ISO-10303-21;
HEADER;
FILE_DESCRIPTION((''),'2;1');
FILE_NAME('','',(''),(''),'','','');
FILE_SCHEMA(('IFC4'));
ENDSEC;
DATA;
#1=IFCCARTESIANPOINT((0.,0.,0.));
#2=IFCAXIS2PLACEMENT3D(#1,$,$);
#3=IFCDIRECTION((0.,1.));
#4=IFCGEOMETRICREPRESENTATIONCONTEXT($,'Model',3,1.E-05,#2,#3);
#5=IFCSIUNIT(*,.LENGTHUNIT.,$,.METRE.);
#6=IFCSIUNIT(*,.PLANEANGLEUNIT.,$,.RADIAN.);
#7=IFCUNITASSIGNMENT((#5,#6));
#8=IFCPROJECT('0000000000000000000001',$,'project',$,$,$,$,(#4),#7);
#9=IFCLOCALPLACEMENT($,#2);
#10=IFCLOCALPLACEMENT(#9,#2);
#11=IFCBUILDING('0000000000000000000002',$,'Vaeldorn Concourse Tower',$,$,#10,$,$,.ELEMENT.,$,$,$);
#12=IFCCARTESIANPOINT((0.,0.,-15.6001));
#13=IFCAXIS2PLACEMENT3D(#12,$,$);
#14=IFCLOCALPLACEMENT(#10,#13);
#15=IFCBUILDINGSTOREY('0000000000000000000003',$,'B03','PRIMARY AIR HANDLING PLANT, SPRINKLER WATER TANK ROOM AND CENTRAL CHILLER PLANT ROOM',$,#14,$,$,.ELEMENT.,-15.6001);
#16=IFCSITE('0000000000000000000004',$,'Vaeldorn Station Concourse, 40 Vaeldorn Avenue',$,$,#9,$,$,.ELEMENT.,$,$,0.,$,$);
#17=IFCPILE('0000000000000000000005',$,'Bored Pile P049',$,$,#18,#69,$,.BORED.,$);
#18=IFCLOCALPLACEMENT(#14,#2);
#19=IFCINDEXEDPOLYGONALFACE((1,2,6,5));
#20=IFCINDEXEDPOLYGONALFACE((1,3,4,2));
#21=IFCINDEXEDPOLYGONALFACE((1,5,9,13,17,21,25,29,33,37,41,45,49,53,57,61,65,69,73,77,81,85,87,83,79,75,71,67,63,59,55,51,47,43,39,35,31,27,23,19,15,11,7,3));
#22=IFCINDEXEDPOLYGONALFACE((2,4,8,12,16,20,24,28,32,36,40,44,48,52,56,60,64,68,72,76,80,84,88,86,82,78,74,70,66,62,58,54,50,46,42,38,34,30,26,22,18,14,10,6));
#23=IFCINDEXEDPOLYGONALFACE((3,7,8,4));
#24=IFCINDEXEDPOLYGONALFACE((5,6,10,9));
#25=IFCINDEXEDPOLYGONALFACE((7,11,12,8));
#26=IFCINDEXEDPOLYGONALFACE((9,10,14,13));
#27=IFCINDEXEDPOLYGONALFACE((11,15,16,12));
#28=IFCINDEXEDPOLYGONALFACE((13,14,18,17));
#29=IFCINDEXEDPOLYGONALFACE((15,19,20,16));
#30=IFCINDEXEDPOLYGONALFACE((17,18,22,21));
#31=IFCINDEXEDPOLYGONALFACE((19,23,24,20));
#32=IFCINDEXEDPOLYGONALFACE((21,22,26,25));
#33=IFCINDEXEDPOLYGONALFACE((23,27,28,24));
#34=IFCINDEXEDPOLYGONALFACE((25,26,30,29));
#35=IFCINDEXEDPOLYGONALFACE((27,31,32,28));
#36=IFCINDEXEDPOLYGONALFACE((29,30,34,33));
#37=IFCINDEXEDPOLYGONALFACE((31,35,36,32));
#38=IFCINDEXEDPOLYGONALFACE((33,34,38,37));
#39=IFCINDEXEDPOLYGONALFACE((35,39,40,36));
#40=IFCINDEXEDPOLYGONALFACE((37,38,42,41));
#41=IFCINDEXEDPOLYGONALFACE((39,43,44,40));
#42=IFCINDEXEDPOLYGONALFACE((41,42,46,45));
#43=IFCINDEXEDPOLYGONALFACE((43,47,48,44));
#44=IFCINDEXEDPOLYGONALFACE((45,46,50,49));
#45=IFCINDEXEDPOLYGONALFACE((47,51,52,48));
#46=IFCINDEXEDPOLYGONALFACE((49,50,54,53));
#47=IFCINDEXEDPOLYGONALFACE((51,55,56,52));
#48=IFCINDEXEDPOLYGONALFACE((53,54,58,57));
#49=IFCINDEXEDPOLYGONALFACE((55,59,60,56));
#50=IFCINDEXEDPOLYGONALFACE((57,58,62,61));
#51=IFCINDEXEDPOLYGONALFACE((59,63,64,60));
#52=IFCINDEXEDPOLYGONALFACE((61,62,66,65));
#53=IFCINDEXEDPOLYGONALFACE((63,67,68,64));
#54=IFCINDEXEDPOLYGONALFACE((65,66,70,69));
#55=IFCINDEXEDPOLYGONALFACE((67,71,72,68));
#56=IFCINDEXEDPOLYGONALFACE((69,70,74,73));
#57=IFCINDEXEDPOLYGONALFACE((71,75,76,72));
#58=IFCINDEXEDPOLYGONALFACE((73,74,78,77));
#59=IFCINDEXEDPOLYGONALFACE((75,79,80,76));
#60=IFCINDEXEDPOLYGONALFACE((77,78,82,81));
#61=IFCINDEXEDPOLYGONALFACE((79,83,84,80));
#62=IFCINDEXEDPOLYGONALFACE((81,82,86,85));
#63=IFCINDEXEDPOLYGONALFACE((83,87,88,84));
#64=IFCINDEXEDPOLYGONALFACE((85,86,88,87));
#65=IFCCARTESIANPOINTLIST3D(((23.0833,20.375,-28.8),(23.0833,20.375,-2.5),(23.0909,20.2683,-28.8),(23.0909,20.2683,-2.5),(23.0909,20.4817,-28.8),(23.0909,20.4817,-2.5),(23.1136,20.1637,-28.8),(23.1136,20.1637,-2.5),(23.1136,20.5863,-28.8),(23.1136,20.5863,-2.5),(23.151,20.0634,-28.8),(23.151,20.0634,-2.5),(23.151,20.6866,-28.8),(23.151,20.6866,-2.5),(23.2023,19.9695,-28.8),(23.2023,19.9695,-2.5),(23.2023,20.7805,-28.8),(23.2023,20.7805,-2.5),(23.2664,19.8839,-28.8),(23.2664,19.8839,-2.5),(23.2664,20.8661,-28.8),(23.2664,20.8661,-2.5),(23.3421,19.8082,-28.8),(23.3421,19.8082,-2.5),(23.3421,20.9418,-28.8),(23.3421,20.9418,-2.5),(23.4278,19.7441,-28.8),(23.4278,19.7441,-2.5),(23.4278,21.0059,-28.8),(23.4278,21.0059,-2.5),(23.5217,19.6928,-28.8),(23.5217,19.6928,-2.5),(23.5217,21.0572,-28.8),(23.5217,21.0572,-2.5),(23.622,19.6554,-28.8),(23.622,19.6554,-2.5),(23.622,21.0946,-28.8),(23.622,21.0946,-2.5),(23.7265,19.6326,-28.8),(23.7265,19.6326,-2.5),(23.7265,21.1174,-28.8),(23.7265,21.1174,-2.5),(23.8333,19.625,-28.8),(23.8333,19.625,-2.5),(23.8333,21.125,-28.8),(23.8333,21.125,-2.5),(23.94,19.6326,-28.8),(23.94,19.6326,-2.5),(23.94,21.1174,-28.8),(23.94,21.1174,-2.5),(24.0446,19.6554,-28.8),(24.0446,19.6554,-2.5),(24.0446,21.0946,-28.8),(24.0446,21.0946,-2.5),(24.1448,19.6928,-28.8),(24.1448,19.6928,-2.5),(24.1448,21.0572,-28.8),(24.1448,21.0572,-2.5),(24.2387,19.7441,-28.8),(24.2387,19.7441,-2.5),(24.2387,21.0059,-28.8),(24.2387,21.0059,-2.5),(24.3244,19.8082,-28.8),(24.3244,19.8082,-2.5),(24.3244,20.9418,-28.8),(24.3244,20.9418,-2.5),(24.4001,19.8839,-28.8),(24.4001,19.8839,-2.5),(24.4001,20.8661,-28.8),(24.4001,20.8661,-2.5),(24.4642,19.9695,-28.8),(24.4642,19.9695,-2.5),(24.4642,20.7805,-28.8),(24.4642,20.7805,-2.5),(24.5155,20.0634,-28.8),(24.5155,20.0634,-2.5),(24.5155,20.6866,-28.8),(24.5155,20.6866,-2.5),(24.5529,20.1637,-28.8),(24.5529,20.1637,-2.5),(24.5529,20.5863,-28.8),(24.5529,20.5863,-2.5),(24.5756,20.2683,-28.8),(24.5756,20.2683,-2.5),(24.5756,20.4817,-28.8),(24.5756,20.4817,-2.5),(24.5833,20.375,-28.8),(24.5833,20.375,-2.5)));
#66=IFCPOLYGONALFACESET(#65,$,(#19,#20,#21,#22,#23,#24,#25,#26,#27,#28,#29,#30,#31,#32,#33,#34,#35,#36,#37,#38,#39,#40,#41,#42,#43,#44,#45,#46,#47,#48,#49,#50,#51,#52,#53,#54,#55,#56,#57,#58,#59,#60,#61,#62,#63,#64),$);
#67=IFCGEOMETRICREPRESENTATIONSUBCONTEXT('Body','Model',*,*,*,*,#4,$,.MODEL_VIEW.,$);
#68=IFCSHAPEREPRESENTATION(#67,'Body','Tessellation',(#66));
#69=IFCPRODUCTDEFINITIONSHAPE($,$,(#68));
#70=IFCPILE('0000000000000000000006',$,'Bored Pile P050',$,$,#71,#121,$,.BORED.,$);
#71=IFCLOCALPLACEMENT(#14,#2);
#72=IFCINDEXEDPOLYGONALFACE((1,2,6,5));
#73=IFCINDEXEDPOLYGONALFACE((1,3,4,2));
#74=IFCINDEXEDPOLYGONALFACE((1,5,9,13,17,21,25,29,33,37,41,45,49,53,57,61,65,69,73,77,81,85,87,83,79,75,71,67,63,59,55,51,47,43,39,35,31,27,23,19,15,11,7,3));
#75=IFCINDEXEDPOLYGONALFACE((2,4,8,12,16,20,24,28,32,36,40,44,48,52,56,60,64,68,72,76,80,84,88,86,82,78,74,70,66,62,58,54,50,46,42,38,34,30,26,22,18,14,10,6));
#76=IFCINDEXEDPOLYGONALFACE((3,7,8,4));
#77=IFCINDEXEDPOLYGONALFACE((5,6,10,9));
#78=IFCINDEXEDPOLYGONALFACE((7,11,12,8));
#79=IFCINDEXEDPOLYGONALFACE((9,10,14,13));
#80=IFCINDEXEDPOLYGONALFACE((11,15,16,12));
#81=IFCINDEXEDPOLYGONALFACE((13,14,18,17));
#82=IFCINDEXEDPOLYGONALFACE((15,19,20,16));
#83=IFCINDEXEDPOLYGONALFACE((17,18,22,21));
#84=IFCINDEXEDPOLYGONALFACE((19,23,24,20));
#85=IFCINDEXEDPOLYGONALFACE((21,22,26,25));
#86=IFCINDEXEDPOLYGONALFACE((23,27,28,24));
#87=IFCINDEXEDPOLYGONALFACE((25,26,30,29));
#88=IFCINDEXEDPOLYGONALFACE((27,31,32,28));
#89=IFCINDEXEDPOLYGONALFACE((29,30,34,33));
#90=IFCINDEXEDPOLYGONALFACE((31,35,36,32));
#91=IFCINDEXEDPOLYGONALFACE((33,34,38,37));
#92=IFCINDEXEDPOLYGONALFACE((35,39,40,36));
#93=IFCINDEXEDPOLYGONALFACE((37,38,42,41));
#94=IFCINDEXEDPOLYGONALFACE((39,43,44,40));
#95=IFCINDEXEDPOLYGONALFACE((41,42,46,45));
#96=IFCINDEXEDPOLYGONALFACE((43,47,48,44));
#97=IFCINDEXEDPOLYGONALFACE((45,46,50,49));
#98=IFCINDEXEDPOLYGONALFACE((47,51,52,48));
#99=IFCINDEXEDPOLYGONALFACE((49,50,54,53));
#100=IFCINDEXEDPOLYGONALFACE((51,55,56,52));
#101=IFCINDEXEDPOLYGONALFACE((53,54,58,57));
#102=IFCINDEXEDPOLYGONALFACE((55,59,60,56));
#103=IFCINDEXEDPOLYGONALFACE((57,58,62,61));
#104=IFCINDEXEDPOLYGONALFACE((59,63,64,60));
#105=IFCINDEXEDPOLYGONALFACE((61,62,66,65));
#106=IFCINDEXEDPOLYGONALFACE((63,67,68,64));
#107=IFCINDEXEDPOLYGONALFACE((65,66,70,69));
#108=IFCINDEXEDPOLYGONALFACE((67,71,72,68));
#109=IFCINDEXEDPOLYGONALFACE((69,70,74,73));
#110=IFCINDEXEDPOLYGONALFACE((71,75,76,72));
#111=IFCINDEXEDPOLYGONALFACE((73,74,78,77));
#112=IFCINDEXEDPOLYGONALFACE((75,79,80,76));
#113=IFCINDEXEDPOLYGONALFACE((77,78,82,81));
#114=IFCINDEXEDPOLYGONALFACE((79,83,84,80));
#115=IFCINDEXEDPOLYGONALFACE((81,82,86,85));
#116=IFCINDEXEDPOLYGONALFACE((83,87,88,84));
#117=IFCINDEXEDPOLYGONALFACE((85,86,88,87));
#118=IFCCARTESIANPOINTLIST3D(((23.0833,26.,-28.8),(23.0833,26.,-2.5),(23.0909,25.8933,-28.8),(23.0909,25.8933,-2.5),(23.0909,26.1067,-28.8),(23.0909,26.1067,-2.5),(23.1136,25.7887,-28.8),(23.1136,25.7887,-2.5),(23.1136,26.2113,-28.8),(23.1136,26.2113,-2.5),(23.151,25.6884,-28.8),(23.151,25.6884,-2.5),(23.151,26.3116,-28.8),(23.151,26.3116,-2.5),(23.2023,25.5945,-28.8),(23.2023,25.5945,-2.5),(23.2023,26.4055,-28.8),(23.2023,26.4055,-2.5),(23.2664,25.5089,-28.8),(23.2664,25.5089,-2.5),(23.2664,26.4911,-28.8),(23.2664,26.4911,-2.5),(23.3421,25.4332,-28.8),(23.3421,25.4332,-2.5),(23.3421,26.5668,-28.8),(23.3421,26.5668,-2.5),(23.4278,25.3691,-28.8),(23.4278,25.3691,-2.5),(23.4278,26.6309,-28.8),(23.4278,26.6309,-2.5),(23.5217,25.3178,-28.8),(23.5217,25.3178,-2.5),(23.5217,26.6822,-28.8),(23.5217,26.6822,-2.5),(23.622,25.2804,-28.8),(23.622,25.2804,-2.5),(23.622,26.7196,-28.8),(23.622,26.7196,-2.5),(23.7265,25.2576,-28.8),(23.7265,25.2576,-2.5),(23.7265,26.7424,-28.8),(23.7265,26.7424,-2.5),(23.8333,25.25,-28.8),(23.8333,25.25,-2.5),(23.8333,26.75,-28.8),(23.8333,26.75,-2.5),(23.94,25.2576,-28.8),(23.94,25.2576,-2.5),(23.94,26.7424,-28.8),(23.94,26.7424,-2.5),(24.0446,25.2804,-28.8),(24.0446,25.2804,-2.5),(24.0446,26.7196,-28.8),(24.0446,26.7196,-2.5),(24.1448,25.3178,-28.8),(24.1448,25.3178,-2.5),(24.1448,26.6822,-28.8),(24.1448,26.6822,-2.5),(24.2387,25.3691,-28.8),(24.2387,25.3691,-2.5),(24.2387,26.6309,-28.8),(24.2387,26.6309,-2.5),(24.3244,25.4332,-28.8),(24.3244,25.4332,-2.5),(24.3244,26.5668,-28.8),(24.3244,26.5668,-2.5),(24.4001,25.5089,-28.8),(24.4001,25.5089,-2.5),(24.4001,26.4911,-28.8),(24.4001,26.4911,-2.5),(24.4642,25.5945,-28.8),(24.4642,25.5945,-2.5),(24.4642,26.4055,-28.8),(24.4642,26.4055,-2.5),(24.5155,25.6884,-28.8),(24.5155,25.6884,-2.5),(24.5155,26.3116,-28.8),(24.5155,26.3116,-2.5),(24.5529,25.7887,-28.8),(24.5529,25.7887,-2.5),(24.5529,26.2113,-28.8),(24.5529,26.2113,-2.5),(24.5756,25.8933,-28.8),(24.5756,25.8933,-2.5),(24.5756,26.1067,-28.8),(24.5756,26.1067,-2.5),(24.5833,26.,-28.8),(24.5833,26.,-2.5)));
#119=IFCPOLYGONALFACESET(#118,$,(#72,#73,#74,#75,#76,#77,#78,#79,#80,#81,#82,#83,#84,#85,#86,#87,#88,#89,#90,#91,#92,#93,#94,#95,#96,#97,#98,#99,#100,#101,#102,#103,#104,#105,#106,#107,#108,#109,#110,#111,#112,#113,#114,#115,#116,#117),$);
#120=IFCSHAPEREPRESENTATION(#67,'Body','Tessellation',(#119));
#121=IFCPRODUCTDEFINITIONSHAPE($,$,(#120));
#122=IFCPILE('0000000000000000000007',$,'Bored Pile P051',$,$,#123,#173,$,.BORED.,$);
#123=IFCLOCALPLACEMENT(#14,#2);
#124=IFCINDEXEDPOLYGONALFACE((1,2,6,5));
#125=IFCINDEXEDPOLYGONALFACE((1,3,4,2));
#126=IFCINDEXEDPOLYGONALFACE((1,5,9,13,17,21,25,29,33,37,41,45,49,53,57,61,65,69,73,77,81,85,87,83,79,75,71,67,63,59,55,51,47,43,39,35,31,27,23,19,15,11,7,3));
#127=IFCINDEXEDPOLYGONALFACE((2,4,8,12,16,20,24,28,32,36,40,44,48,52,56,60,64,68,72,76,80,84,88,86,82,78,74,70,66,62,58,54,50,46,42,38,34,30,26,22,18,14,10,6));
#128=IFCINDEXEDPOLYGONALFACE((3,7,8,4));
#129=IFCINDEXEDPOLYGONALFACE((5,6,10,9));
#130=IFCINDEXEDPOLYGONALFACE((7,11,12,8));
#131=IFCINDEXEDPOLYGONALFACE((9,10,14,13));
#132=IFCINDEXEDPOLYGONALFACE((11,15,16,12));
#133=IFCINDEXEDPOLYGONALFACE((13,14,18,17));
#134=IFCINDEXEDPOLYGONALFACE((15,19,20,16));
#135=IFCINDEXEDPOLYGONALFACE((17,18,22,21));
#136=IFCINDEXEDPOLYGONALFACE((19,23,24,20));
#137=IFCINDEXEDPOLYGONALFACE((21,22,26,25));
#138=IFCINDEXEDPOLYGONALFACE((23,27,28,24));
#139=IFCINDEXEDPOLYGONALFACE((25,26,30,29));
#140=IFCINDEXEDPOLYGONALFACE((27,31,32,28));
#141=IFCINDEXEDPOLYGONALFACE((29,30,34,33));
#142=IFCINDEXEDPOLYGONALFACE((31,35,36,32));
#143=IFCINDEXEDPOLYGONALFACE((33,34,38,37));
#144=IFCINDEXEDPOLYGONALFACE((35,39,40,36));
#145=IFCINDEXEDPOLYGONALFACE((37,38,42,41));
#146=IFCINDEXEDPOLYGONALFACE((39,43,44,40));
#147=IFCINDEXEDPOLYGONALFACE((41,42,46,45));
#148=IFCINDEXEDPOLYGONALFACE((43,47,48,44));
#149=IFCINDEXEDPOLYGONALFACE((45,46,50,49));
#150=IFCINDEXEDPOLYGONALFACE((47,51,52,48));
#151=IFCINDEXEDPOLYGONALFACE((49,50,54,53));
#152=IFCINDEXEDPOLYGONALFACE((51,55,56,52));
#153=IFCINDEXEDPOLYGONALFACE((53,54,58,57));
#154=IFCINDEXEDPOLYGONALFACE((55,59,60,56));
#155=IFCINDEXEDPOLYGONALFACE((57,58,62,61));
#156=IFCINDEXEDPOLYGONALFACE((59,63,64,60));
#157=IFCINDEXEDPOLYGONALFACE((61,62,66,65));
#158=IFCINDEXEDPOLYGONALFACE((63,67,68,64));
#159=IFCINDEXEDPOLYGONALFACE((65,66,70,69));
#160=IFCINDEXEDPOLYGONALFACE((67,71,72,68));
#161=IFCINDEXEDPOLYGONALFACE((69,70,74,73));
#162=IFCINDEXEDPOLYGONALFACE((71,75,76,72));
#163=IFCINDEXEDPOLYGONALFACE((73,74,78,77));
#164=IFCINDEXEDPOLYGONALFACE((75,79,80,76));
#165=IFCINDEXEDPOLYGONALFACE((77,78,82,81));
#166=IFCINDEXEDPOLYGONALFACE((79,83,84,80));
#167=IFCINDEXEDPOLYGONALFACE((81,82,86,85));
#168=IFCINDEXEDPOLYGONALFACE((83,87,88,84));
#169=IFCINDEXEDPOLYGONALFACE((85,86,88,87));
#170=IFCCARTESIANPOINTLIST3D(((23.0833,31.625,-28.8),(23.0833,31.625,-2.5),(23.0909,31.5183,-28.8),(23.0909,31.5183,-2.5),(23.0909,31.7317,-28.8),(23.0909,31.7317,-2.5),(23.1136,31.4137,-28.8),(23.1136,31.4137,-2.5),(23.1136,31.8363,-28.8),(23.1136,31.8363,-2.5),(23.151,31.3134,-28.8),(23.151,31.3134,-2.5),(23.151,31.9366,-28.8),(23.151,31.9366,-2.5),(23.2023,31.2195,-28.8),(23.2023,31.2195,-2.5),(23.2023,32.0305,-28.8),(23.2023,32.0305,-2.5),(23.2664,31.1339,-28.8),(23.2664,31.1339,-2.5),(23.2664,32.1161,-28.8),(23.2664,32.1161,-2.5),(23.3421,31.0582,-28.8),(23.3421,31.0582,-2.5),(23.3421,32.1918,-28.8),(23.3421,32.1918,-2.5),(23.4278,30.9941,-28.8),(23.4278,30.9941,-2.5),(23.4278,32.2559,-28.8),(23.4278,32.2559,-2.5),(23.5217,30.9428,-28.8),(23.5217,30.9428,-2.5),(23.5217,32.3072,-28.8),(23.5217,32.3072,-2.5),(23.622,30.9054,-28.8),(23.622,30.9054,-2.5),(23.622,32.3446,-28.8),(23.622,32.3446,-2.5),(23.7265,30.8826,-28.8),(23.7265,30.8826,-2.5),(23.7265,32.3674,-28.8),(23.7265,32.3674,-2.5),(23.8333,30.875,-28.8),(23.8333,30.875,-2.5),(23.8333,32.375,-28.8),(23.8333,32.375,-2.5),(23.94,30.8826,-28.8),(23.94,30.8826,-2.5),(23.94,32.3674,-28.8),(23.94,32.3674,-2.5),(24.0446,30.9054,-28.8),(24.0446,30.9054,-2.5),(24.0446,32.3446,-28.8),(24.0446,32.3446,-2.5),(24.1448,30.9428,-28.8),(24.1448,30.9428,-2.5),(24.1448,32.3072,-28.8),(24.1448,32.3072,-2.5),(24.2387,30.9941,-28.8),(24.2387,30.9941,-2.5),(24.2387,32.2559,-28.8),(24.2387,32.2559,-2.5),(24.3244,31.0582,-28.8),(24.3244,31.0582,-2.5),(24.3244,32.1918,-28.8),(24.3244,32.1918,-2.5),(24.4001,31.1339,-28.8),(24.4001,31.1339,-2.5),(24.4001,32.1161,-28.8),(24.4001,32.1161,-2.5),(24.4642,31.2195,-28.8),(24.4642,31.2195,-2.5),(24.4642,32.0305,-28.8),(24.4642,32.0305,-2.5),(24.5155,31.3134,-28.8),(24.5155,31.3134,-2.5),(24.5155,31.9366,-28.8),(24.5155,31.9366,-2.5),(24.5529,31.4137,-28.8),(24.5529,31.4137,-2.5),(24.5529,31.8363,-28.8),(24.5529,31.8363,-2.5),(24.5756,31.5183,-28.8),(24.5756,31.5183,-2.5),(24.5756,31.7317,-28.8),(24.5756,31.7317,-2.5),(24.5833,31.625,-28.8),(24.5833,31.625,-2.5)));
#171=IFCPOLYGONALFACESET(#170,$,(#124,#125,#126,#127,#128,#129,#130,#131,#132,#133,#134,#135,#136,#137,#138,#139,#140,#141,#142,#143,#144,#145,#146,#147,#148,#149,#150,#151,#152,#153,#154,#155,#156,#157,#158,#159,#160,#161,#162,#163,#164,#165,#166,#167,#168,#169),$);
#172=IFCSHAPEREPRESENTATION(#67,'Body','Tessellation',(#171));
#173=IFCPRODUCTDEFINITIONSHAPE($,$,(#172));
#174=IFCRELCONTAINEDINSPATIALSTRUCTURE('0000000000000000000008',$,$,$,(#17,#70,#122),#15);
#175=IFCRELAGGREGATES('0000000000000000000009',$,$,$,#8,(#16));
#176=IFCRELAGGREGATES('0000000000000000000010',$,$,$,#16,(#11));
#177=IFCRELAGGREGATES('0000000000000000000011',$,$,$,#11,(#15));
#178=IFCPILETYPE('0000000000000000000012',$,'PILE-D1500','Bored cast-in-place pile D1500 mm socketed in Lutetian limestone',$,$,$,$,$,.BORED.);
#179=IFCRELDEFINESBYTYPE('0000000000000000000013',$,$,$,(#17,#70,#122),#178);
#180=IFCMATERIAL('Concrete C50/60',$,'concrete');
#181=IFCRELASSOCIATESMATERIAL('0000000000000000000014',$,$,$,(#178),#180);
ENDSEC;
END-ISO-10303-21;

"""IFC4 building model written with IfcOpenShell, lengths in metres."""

from ifc_helpers import new_model, si_unit, direction, frame, origin, origin_2d, place, context, subcontext, project, spatial, circle, extrude, material, material_profile, profile_set, type_object, element, save


model = new_model("IFC4")

# Units and contexts
model_context = context("Model", 3, precision=1e-05, world=origin(), true_north=direction((0.0, 1.0)))
body_context = subcontext(model_context, "Body", "Model", "MODEL_VIEW")
ifc_project = project(units=[si_unit("LENGTHUNIT", "METRE"), si_unit("PLANEANGLEUNIT", "RADIAN")], contexts=[model_context])

# Site, building, storey
site_placement = place(None, origin())
site = spatial("IfcSite", under=ifc_project, at=site_placement, Name="Vaeldorn Station Concourse, 40 Vaeldorn Avenue", CompositionType="ELEMENT", RefElevation=0.0)
building_placement = place(site_placement, origin())
building = spatial("IfcBuilding", under=site, at=building_placement, Name="Vaeldorn Concourse Tower", CompositionType="ELEMENT")
storey_placement = place(building_placement, frame((0.0, 0.0, -15.6001)))
storey = spatial("IfcBuildingStorey", under=building, at=storey_placement, Name="B03", Description="PRIMARY AIR HANDLING PLANT, SPRINKLER WATER TANK ROOM AND CENTRAL CHILLER PLANT ROOM", CompositionType="ELEMENT", Elevation=-15.6001)

# Piles
ifc_material_1 = material(Name="Concrete C50/60", Category="concrete")
ifc_material_profile_1 = material_profile(ifc_material_1, circle(Radius=0.75, at=origin_2d()), Name="BORED PILE D1500")
ifc_profile_set_1 = profile_set([ifc_material_profile_1], Name="Concrete C50/60")
pile_type = type_object("IfcPileType", Name="PILE-D1500", Description="Bored cast-in-place pile D1500 mm socketed in Lutetian limestone", PredefinedType="BORED", material=ifc_profile_set_1)
for number, where, z_axis, x_axis, name in (
    (1, (23.8333, 20.375, -2.5), (0.0, 0.0, -1.0), (1.0, 0.0, 0.0), "Bored Pile P049"),
    (2, (23.8333, 26.0, -2.5), (0.0, 0.0, -1.0), (1.0, 0.0, 0.0), "Bored Pile P050"),
    (3, (23.8333, 31.625, -2.5), (0.0, 0.0, -1.0), (1.0, 0.0, 0.0), "Bored Pile P051"),
):
    element("IfcPile", number, at=place(storey_placement, frame(where, z_axis=z_axis, x_axis=x_axis)), inside=storey, type_object=pile_type, Name=name, PredefinedType="BORED", context=body_context, shape_type="SweptSolid", body=[
        extrude(circle(Radius=0.75, at=origin_2d()), origin(), (0.0, 0.0, 1.0), 26.3),
    ])

save(model, "model.ifc")
